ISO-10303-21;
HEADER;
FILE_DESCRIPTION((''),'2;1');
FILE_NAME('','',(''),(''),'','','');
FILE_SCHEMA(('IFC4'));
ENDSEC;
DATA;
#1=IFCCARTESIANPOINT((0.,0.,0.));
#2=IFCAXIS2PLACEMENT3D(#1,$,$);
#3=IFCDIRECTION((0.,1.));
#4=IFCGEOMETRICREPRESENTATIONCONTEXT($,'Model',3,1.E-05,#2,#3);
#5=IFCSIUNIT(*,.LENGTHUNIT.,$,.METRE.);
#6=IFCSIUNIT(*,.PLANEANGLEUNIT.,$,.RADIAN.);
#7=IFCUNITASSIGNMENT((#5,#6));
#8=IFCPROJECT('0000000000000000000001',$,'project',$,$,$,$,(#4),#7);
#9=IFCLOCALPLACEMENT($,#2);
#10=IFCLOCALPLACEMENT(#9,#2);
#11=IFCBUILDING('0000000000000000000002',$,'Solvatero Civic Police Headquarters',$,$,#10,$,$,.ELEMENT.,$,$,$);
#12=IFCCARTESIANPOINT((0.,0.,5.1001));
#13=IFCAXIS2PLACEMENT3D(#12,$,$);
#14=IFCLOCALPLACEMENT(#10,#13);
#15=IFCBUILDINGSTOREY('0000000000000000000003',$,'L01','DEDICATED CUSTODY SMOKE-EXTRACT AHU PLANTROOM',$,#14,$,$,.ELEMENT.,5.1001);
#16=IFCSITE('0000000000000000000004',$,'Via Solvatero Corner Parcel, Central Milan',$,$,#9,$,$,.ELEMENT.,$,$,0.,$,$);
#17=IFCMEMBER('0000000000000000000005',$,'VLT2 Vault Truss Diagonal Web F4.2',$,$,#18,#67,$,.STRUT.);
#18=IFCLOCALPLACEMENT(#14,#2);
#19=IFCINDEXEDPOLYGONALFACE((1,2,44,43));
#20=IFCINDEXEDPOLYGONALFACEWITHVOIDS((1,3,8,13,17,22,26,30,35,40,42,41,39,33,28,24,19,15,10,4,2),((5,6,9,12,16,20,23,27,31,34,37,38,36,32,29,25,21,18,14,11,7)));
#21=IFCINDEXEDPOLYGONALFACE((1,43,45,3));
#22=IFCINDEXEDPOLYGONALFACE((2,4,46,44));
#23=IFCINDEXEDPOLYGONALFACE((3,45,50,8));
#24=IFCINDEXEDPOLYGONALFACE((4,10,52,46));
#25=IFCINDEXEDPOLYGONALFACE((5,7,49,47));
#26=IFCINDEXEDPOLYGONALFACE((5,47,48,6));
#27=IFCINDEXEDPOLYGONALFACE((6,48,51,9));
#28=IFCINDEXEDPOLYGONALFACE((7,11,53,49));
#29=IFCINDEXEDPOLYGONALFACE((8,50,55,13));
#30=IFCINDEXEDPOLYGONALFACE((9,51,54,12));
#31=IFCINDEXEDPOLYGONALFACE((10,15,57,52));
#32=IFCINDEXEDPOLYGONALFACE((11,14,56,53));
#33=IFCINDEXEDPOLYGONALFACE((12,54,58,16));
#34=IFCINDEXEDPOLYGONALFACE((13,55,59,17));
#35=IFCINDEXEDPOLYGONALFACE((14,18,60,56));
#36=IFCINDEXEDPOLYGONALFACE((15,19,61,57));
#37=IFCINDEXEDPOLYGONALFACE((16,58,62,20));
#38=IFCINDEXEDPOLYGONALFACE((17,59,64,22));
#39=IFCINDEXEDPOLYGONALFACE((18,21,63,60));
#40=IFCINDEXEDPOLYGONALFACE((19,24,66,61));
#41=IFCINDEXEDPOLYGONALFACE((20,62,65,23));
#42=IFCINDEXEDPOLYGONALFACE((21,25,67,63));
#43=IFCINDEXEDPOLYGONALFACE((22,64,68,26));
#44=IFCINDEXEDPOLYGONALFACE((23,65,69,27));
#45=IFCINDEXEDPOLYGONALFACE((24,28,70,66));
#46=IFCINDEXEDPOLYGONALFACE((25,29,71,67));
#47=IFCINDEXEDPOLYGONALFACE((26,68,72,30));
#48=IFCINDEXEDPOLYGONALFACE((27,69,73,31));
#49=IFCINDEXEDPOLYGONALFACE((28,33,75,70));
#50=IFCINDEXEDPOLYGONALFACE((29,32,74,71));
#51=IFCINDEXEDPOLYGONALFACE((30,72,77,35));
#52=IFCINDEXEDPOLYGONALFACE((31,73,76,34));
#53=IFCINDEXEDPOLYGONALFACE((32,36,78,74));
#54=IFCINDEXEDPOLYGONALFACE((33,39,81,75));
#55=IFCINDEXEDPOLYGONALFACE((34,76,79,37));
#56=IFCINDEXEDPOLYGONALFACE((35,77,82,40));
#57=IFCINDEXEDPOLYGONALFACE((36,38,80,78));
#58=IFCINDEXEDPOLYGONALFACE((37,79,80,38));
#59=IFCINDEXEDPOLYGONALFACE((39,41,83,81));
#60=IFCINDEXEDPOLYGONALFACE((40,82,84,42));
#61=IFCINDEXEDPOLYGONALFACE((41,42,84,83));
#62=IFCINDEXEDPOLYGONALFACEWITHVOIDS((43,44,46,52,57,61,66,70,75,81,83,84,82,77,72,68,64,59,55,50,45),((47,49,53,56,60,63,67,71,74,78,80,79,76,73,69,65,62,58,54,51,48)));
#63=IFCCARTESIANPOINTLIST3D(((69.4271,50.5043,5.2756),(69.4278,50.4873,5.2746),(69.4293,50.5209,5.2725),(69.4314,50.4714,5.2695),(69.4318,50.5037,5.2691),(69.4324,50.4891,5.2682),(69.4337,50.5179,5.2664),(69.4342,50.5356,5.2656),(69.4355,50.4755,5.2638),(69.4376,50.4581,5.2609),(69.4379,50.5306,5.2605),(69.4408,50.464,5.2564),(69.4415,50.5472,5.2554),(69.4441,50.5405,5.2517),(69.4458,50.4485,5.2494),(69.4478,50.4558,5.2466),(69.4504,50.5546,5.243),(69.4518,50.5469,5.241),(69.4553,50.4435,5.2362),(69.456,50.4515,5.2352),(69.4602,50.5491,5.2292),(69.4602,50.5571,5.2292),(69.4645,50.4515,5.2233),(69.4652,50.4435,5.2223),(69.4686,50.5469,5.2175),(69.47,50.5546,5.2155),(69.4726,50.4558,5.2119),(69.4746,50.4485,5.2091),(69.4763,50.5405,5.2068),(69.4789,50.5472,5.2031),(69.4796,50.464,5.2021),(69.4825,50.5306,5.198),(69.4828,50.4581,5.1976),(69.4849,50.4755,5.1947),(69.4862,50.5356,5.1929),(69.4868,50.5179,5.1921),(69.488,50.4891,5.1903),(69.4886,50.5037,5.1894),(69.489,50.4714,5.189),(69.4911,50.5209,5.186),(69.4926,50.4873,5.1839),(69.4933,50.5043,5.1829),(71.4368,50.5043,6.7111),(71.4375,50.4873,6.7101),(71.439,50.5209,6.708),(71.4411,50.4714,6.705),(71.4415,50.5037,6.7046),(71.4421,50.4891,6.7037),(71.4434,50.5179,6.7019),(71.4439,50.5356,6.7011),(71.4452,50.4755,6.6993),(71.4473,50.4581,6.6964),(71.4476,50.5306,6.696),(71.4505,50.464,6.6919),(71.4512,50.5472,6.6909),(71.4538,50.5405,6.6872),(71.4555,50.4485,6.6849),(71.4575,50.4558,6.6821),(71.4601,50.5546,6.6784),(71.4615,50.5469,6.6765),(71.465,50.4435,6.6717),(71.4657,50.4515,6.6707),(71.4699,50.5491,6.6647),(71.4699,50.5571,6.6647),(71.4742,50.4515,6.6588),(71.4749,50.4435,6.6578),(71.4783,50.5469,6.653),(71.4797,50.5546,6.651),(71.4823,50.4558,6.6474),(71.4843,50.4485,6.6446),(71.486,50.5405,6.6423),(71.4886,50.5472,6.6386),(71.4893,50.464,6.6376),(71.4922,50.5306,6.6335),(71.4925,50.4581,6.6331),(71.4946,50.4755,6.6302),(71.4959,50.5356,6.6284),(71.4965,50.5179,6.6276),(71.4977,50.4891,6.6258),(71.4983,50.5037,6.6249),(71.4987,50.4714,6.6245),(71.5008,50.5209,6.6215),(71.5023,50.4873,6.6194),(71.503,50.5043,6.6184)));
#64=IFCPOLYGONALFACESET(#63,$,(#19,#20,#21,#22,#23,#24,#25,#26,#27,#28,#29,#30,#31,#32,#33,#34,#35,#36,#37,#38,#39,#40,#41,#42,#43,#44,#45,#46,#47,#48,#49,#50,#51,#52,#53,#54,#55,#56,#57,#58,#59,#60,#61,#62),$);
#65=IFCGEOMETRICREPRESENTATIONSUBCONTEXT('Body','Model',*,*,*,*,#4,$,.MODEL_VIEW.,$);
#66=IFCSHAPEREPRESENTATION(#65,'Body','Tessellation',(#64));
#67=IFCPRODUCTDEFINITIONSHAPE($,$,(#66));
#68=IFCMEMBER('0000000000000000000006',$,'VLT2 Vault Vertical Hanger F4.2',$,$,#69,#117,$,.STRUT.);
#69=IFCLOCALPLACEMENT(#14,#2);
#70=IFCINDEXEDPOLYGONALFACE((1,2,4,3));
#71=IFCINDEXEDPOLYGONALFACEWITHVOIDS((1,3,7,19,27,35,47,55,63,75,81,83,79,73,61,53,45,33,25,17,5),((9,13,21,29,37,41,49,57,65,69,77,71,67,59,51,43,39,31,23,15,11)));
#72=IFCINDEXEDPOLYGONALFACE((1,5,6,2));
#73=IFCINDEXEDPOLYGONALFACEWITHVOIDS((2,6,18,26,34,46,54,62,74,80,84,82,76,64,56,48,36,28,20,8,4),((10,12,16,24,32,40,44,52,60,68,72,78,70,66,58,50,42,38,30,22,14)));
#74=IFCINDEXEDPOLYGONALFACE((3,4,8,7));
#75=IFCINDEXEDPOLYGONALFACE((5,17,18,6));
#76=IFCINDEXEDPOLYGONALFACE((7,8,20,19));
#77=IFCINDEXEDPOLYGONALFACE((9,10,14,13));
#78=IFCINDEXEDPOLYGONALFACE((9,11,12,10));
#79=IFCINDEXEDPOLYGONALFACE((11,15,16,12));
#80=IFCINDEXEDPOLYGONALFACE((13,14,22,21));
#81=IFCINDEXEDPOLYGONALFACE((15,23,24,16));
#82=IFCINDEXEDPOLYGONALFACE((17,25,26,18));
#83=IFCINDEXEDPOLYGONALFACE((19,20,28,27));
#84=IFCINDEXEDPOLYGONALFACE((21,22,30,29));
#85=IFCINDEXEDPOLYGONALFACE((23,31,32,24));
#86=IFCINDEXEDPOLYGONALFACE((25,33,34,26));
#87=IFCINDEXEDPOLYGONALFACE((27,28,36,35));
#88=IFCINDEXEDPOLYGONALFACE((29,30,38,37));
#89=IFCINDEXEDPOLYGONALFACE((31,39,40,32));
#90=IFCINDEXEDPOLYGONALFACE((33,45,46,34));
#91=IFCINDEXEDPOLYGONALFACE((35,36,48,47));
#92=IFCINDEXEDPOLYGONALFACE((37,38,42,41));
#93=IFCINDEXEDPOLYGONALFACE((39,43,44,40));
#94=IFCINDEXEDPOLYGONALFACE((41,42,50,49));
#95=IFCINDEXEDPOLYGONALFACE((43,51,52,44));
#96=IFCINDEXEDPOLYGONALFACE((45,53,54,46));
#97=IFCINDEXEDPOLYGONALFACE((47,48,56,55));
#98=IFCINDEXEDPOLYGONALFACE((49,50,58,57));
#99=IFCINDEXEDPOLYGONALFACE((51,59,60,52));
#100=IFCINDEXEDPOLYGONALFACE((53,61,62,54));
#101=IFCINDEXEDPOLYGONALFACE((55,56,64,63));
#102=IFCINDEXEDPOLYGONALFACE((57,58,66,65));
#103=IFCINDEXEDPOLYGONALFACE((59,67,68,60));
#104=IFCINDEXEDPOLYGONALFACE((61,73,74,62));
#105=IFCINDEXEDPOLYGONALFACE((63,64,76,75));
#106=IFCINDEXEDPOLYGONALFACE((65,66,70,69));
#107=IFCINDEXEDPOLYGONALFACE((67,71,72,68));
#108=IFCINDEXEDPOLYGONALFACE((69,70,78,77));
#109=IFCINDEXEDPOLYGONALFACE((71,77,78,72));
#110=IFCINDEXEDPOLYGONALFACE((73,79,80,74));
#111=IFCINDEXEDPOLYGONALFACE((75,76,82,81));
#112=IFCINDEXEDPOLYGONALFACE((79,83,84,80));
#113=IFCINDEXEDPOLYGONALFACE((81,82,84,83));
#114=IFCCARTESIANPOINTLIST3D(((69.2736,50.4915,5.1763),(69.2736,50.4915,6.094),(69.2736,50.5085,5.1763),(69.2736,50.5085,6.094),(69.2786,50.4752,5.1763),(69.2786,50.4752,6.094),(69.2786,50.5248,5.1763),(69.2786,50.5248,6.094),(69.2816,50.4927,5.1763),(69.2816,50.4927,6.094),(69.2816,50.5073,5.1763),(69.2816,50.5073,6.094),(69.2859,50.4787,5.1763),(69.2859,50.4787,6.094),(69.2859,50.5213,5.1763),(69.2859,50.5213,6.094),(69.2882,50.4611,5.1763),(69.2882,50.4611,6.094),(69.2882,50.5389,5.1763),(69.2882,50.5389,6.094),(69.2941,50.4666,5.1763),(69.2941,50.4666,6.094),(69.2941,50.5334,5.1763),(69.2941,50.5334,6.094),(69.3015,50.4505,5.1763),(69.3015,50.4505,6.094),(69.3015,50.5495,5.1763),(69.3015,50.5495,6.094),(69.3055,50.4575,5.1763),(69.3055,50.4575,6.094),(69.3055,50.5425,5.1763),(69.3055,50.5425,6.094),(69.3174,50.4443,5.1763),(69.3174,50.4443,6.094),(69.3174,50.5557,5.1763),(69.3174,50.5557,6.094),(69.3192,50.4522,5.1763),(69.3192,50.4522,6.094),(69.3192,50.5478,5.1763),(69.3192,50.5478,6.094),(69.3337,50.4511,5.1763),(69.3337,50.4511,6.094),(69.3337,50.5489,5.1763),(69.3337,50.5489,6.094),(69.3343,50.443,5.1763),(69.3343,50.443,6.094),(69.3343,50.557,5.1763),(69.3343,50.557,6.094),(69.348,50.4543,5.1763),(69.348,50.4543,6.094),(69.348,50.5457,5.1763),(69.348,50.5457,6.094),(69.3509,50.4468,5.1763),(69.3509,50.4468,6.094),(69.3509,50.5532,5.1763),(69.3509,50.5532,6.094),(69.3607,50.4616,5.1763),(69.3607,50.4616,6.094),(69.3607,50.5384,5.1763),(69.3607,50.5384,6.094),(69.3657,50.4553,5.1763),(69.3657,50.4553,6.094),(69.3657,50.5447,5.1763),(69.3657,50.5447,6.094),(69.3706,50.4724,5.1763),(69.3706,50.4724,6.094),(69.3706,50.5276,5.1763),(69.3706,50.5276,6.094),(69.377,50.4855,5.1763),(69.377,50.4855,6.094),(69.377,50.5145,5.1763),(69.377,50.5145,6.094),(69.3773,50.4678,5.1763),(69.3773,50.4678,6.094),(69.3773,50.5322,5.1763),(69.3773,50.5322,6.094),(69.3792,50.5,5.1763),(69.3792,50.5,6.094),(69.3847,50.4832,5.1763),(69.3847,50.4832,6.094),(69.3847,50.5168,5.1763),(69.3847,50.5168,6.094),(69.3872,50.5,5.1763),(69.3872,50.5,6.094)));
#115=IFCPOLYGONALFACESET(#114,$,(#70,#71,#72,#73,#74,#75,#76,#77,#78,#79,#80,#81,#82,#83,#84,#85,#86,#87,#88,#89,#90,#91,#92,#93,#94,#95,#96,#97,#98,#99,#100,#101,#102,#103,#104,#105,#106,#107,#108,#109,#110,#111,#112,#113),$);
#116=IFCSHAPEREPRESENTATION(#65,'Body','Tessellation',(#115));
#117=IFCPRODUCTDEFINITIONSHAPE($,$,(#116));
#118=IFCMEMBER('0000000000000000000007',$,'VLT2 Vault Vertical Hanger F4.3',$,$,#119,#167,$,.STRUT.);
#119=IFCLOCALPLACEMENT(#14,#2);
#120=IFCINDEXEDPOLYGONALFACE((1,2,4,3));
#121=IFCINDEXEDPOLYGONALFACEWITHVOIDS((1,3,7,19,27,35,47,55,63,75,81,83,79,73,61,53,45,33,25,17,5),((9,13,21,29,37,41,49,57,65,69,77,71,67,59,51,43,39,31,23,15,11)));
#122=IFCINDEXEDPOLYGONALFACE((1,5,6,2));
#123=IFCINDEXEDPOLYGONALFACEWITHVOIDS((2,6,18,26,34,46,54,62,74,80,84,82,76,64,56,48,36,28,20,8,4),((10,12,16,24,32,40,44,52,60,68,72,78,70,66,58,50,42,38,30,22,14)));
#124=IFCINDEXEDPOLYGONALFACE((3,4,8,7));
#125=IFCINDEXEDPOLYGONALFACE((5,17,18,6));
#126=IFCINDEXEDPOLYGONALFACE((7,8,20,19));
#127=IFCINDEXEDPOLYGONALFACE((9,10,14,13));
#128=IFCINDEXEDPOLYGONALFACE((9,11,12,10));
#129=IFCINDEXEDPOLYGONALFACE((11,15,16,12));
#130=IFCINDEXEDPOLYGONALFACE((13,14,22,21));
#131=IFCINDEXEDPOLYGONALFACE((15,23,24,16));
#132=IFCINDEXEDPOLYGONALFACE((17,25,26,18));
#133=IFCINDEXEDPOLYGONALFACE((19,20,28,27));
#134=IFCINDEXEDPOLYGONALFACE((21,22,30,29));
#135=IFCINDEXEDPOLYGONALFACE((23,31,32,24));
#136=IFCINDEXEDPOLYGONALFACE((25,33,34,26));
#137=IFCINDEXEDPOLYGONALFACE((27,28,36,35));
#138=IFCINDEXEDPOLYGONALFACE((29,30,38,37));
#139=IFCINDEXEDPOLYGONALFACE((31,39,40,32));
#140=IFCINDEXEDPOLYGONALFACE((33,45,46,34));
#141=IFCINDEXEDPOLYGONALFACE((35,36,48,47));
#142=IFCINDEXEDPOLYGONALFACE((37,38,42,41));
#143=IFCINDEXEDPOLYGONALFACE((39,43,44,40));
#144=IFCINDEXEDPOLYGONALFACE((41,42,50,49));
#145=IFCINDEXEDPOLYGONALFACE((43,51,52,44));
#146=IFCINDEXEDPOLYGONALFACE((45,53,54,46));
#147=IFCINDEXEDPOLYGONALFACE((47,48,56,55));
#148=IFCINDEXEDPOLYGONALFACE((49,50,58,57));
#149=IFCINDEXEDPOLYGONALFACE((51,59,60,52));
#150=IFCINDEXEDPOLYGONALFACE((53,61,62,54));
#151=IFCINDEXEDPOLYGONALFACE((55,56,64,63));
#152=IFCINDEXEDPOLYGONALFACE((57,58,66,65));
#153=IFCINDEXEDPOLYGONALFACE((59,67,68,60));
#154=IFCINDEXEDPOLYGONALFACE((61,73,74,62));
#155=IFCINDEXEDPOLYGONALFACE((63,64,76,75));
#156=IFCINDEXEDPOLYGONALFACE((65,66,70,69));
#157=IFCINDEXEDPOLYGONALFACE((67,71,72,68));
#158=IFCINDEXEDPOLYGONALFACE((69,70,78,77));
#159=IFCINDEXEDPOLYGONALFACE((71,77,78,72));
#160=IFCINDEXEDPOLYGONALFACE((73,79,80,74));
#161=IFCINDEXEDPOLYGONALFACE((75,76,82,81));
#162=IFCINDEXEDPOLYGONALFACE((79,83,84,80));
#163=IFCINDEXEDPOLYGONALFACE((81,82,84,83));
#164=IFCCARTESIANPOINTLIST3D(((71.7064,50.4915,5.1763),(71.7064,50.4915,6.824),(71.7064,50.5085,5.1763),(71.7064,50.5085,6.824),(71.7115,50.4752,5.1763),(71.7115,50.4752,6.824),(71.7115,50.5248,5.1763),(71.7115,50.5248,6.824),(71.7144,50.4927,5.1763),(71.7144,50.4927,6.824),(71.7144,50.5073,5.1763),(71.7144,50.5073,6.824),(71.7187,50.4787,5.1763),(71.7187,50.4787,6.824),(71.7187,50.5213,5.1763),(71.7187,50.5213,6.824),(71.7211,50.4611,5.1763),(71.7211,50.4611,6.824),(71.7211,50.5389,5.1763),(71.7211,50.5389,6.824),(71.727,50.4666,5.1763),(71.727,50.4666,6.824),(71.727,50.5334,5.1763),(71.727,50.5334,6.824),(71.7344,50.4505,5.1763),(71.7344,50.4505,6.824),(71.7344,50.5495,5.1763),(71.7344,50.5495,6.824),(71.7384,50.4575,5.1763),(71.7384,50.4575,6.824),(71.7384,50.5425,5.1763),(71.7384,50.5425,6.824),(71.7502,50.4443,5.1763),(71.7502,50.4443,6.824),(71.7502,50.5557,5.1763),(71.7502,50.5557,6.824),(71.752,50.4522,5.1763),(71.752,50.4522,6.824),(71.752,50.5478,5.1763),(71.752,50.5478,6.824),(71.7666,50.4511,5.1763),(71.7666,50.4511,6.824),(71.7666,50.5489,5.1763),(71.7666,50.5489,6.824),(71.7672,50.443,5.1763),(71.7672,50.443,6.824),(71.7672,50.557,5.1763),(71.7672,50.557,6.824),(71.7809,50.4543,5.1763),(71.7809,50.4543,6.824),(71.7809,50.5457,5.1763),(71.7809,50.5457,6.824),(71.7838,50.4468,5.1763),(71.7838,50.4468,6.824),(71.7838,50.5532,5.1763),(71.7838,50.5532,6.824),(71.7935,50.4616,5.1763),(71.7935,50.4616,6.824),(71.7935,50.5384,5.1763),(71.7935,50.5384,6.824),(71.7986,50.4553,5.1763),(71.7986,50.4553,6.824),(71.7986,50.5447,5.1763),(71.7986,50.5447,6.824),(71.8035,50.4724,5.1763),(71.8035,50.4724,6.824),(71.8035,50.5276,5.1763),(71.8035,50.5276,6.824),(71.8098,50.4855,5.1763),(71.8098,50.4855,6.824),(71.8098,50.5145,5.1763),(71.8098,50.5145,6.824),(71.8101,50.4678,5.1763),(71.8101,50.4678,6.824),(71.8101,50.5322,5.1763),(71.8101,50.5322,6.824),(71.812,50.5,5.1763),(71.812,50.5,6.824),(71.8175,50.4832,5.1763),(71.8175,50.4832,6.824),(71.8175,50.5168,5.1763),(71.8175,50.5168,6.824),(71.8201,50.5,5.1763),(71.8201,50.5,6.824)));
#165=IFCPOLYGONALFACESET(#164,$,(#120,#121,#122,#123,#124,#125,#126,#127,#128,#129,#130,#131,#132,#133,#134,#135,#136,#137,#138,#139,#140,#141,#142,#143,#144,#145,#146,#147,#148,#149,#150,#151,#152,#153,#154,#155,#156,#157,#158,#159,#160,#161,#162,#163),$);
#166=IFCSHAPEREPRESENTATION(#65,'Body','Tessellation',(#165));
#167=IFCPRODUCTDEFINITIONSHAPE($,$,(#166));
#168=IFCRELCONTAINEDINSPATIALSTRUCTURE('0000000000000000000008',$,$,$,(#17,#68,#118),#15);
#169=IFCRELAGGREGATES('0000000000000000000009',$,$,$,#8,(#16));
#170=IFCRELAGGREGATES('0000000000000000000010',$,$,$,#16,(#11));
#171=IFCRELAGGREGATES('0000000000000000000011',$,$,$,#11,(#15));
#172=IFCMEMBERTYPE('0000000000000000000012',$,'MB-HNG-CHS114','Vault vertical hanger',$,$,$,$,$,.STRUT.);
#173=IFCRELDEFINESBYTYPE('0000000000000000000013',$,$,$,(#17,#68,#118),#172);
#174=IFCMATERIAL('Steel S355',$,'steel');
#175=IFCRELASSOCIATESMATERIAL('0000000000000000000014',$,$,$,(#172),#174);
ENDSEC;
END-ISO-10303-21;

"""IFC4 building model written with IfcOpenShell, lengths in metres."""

from ifc_helpers import new_model, si_unit, direction, frame, origin, origin_2d, place, context, subcontext, project, spatial, hollow_circle, extrude, material, material_profile, profile_set, type_object, element, save


model = new_model("IFC4")

# Units and contexts
model_context = context("Model", 3, precision=1e-05, world=origin(), true_north=direction((0.0, 1.0)))
body_context = subcontext(model_context, "Body", "Model", "MODEL_VIEW")
ifc_project = project(units=[si_unit("LENGTHUNIT", "METRE"), si_unit("PLANEANGLEUNIT", "RADIAN")], contexts=[model_context])

# Site, building, storey
site_placement = place(None, origin())
site = spatial("IfcSite", under=ifc_project, at=site_placement, Name="Via Solvatero Corner Parcel, Central Milan", CompositionType="ELEMENT", RefElevation=0.0)
building_placement = place(site_placement, origin())
building = spatial("IfcBuilding", under=site, at=building_placement, Name="Solvatero Civic Police Headquarters", CompositionType="ELEMENT")
storey_placement = place(building_placement, frame((0.0, 0.0, 5.1001)))
storey = spatial("IfcBuildingStorey", under=building, at=storey_placement, Name="L01", Description="DEDICATED CUSTODY SMOKE-EXTRACT AHU PLANTROOM", CompositionType="ELEMENT", Elevation=5.1001)

# Shared definitions
ifc_material = material(Name="Steel S355", Category="steel")

# Members
ifc_material_profile_1 = material_profile(ifc_material, hollow_circle(Radius=0.0571, WallThickness=0.0081, at=origin_2d()), Name="CHS 114.3x8.0")
ifc_profile_set_1 = profile_set([ifc_material_profile_1], Name="Steel S355")
member_type_1 = type_object("IfcMemberType", Name="MB-HNG-CHS114", Description="Vault vertical hanger", PredefinedType="STRUT", material=ifc_profile_set_1)
member_1_placement = place(storey_placement, frame((69.4602, 50.5, 5.2292), z_axis=(0.813733, 0.0, 0.581238), x_axis=(0.0, 1.0, 0.0)))
element("IfcMember", 1, at=member_1_placement, inside=storey, type_object=member_type_1, Name="VLT2 Vault Truss Diagonal Web F4.2", PredefinedType="STRUT", context=body_context, shape_type="SweptSolid", body=[
    extrude(hollow_circle(Radius=0.0571, WallThickness=0.0081, at=origin_2d()), origin(), (0.0, 0.0, 1.0), 2.4697),
])
member_2_placement = place(storey_placement, frame((69.3301, 50.5, 5.1763), z_axis=(0.0, 0.0, 1.0), x_axis=(1.0, 0.0, 0.0)))
element("IfcMember", 2, at=member_2_placement, inside=storey, type_object=member_type_1, Name="VLT2 Vault Vertical Hanger F4.2", PredefinedType="STRUT", context=body_context, shape_type="SweptSolid", body=[
    extrude(hollow_circle(Radius=0.0571, WallThickness=0.0081, at=origin_2d()), origin(), (0.0, 0.0, 1.0), 0.9177),
])
member_3_placement = place(storey_placement, frame((71.7629, 50.5, 5.1763), z_axis=(0.0, 0.0, 1.0), x_axis=(1.0, 0.0, 0.0)))
element("IfcMember", 3, at=member_3_placement, inside=storey, type_object=member_type_1, Name="VLT2 Vault Vertical Hanger F4.3", PredefinedType="STRUT", context=body_context, shape_type="SweptSolid", body=[
    extrude(hollow_circle(Radius=0.0571, WallThickness=0.0081, at=origin_2d()), origin(), (0.0, 0.0, 1.0), 1.6477),
])

save(model, "model.ifc")
